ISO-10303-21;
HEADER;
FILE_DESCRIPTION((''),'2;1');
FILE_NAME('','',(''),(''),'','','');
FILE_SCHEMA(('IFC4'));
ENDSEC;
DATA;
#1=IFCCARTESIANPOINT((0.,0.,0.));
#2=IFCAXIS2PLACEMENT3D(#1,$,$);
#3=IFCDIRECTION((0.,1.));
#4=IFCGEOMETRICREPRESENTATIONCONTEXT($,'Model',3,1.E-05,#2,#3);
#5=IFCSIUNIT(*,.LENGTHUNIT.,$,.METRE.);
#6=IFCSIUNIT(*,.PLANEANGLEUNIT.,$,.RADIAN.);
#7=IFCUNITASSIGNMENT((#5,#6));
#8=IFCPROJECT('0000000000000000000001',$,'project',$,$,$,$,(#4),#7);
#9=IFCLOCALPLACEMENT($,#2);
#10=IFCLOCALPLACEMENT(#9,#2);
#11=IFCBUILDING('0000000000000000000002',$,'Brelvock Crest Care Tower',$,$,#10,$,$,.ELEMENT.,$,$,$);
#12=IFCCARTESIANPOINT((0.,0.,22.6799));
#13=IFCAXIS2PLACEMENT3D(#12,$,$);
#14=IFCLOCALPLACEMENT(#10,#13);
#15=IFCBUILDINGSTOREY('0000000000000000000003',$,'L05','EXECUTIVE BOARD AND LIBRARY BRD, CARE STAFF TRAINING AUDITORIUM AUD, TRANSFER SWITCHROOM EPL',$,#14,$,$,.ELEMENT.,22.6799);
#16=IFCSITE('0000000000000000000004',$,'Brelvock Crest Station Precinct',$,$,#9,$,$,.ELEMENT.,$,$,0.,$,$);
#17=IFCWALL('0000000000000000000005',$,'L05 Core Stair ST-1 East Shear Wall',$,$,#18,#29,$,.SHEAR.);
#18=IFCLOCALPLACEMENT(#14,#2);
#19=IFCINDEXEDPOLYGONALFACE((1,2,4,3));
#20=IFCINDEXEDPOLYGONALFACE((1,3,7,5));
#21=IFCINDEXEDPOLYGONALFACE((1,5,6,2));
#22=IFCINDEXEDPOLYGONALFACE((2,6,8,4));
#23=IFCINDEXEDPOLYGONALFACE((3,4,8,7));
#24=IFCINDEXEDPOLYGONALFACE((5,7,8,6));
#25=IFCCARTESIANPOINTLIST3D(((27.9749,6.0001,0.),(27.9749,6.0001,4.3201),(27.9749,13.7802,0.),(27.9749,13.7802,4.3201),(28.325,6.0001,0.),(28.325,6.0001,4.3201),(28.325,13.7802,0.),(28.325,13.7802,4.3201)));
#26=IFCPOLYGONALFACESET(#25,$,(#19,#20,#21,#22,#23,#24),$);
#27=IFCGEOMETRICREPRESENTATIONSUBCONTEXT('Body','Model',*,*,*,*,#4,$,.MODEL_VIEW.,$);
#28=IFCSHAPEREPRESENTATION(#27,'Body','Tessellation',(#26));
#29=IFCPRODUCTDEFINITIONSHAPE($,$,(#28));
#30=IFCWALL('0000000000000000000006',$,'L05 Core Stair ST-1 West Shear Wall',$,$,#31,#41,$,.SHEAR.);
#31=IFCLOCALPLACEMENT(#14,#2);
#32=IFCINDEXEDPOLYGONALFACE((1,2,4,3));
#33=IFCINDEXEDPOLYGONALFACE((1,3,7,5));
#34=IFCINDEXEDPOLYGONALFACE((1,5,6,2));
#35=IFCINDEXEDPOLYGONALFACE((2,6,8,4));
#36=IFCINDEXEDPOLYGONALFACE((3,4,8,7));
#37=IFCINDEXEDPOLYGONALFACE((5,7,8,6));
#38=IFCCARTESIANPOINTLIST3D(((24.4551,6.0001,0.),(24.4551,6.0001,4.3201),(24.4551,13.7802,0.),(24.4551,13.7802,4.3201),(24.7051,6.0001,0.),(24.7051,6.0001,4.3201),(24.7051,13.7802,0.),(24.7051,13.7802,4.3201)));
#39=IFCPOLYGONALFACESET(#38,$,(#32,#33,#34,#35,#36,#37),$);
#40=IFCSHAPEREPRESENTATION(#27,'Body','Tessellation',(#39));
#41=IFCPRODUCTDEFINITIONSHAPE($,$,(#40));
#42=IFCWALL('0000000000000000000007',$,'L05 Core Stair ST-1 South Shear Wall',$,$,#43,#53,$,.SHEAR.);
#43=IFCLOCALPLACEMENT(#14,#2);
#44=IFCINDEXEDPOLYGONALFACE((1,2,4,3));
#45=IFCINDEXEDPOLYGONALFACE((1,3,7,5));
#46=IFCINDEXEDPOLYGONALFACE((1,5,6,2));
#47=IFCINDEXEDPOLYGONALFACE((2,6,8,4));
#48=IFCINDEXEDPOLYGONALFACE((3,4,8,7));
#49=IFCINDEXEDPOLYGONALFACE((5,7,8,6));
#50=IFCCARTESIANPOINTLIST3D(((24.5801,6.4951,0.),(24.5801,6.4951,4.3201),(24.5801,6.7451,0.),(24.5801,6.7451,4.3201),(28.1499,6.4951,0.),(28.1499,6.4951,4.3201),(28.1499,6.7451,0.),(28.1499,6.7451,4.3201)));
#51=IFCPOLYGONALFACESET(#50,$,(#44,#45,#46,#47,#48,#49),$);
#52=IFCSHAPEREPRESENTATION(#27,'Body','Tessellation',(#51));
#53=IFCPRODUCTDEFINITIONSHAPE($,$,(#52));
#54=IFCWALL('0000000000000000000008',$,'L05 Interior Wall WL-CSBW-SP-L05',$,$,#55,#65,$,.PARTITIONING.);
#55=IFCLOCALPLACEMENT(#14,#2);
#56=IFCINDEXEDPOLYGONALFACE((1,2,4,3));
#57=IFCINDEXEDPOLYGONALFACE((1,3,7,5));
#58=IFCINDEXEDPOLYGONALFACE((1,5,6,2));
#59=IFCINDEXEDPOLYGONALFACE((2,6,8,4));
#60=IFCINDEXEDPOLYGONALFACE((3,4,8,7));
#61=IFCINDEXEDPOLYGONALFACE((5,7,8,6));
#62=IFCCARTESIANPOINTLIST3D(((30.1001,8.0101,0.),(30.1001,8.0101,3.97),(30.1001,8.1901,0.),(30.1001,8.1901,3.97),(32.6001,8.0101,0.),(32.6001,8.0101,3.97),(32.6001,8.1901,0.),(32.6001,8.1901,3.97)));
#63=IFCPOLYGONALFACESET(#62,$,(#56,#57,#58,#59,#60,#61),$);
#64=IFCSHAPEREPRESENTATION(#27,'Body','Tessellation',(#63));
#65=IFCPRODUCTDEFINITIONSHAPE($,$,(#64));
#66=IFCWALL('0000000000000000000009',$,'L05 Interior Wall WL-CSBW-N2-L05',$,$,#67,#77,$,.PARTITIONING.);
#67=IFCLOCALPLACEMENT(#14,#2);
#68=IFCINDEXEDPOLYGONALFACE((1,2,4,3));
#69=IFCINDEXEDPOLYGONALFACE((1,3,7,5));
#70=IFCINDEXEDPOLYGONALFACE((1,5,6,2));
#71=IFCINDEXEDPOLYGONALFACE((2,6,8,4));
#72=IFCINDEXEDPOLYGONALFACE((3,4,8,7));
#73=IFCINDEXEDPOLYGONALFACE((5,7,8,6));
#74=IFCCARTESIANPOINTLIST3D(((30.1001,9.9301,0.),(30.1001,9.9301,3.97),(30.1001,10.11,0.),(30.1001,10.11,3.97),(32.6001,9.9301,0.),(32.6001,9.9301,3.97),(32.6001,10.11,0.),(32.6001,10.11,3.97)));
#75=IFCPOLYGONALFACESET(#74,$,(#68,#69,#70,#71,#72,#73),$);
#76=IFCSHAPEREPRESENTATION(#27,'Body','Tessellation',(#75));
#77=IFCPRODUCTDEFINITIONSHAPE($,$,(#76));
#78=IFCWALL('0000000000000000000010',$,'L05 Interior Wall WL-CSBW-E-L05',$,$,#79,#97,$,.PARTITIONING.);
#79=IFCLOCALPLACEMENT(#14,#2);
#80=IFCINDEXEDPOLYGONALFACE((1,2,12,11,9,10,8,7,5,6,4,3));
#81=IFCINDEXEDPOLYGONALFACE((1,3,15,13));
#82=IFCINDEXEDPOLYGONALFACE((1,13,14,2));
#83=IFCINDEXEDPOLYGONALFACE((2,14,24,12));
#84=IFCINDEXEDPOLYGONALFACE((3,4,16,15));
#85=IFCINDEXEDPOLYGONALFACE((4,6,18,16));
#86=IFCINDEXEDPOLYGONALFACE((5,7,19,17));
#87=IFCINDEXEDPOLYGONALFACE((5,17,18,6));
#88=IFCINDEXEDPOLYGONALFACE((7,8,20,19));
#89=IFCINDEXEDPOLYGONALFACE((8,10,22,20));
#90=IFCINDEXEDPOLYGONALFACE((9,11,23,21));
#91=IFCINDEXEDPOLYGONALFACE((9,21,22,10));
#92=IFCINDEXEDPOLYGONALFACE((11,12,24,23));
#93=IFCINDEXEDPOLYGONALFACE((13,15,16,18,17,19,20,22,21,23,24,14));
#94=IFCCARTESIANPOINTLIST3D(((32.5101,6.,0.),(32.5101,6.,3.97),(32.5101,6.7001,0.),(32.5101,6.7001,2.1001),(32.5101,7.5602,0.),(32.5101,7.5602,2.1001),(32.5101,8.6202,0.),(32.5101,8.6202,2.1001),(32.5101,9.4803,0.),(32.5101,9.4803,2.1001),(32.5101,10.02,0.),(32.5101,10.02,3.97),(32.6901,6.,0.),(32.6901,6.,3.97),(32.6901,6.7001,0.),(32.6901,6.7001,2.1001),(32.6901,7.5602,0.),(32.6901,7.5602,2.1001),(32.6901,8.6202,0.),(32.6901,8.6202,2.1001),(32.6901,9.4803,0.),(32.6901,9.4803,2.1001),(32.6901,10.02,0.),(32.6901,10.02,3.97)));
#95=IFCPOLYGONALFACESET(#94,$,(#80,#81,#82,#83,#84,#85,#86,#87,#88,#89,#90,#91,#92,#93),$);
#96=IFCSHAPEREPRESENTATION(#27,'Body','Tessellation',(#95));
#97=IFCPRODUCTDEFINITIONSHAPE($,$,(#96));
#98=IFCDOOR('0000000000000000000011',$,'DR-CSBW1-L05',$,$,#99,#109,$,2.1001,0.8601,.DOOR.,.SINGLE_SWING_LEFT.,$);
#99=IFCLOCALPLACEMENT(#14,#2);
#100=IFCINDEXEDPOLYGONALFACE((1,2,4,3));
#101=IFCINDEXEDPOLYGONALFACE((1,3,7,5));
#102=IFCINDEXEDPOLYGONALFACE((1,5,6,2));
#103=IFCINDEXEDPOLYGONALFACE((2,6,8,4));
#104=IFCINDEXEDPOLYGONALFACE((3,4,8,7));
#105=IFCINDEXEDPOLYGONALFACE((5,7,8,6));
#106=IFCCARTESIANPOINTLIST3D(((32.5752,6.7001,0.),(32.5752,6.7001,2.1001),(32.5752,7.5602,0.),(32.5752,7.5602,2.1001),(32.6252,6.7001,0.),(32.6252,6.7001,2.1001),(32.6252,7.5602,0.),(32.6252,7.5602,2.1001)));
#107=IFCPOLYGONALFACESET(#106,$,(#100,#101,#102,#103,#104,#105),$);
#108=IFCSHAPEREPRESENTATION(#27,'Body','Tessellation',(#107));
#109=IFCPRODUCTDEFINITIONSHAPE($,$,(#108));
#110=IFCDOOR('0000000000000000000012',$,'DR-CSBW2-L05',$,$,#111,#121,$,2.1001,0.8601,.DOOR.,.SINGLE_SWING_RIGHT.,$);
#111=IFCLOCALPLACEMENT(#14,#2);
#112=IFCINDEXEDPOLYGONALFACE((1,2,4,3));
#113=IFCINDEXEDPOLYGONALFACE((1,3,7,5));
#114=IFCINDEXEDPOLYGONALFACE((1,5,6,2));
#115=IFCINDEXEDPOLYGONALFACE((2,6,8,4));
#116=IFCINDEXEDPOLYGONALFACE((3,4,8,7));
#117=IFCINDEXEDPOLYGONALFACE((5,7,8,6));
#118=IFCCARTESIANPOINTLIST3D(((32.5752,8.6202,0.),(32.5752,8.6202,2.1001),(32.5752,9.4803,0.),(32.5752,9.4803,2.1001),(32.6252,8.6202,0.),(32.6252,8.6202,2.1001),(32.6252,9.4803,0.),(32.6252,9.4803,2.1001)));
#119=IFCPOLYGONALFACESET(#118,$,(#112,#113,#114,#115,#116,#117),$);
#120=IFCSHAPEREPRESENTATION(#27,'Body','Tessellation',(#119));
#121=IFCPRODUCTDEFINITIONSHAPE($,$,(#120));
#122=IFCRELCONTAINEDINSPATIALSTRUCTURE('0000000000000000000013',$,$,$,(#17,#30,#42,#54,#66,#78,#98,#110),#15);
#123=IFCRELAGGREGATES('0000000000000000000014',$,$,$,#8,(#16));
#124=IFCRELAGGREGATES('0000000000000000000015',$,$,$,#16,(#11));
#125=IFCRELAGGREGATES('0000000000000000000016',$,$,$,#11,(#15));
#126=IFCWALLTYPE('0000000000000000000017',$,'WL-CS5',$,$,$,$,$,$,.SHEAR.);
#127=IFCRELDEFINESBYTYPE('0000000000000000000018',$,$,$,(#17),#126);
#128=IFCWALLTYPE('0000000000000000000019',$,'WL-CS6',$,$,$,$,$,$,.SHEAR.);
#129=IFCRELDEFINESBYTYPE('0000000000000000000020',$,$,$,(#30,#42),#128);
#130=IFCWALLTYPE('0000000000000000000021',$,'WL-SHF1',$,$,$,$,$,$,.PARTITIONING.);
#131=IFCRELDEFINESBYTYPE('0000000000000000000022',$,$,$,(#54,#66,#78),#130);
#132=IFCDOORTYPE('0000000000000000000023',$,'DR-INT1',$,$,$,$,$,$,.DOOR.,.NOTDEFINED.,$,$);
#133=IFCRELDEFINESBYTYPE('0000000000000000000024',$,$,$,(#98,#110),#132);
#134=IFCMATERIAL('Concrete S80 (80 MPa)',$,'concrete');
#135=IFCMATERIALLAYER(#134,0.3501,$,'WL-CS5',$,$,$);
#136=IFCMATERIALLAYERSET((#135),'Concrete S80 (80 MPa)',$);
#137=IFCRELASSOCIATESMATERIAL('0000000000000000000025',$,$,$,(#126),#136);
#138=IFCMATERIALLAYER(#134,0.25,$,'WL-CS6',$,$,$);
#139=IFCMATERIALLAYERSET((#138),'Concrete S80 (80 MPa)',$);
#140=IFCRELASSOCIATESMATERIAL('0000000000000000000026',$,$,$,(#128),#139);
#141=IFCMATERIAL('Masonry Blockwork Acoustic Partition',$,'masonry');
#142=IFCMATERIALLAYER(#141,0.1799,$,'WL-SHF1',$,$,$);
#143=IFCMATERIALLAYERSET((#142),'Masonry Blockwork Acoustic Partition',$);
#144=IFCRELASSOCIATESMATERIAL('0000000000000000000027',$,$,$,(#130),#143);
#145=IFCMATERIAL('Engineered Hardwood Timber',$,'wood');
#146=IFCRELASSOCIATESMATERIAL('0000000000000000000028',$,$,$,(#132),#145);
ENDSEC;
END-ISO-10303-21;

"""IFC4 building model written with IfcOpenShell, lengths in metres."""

from ifc_helpers import new_model, si_unit, direction, frame, frame_2d, origin, origin_2d, place, context, subcontext, project, spatial, rectangle, extrude, source, transform, mapped, material, layer, layer_set, type_object, element, fill, save


model = new_model("IFC4")

# Units and contexts
model_context = context("Model", 3, precision=1e-05, world=origin(), true_north=direction((0.0, 1.0)))
body_context = subcontext(model_context, "Body", "Model", "MODEL_VIEW")
ifc_project = project(units=[si_unit("LENGTHUNIT", "METRE"), si_unit("PLANEANGLEUNIT", "RADIAN")], contexts=[model_context])

# Site, building, storey
site_placement = place(None, origin())
site = spatial("IfcSite", under=ifc_project, at=site_placement, Name="Brelvock Crest Station Precinct", CompositionType="ELEMENT", RefElevation=0.0)
building_placement = place(site_placement, origin())
building = spatial("IfcBuilding", under=site, at=building_placement, Name="Brelvock Crest Care Tower", CompositionType="ELEMENT")
storey_placement = place(building_placement, frame((0.0, 0.0, 22.6799)))
storey = spatial("IfcBuildingStorey", under=building, at=storey_placement, Name="L05", Description="EXECUTIVE BOARD AND LIBRARY BRD, CARE STAFF TRAINING AUDITORIUM AUD, TRANSFER SWITCHROOM EPL", CompositionType="ELEMENT", Elevation=22.6799)

# Shared definitions
ifc_material_1 = material(Name="Concrete S80 (80 MPa)", Category="concrete")

# Walls
ifc_layer_1 = layer(ifc_material_1, 0.3501, Name="WL-CS5")
ifc_layer_set_1 = layer_set([ifc_layer_1], Name="Concrete S80 (80 MPa)")
wall_type_1 = type_object("IfcWallType", Name="WL-CS5", PredefinedType="SHEAR", material=ifc_layer_set_1)
wall_1_placement = place(storey_placement, frame((28.1499, 6.0, 0.0), z_axis=(0.0, 0.0, 1.0), x_axis=(0.0, 1.0, 0.0)))
element("IfcWall", 1, at=wall_1_placement, inside=storey, type_object=wall_type_1, Name="L05 Core Stair ST-1 East Shear Wall", PredefinedType="SHEAR", context=body_context, shape_type="SweptSolid", body=[
    extrude(rectangle(XDim=7.78, YDim=0.3501, at=frame_2d((3.8901, 0.0))), origin(), (0.0, 0.0, 1.0), 4.3201),
])
ifc_layer_2 = layer(ifc_material_1, 0.25, Name="WL-CS6")
ifc_layer_set_2 = layer_set([ifc_layer_2], Name="Concrete S80 (80 MPa)")
wall_type_2 = type_object("IfcWallType", Name="WL-CS6", PredefinedType="SHEAR", material=ifc_layer_set_2)
wall_2_placement = place(storey_placement, frame((24.5801, 6.0, 0.0), z_axis=(0.0, 0.0, 1.0), x_axis=(0.0, 1.0, 0.0)))
element("IfcWall", 2, at=wall_2_placement, inside=storey, type_object=wall_type_2, Name="L05 Core Stair ST-1 West Shear Wall", PredefinedType="SHEAR", context=body_context, shape_type="SweptSolid", body=[
    extrude(rectangle(XDim=7.78, YDim=0.25, at=frame_2d((3.8901, 0.0))), origin(), (0.0, 0.0, 1.0), 4.3201),
])
wall_3_placement = place(storey_placement, frame((24.5801, 6.6201, 0.0), z_axis=(0.0, 0.0, 1.0), x_axis=(1.0, 0.0, 0.0)))
element("IfcWall", 3, at=wall_3_placement, inside=storey, type_object=wall_type_2, Name="L05 Core Stair ST-1 South Shear Wall", PredefinedType="SHEAR", context=body_context, shape_type="SweptSolid", body=[
    extrude(rectangle(XDim=3.5698, YDim=0.25, at=frame_2d((1.7849, 0.0))), origin(), (0.0, 0.0, 1.0), 4.3201),
])
ifc_material_2 = material(Name="Masonry Blockwork Acoustic Partition", Category="masonry")
ifc_layer_3 = layer(ifc_material_2, 0.1799, Name="WL-SHF1")
ifc_layer_set_3 = layer_set([ifc_layer_3], Name="Masonry Blockwork Acoustic Partition")
wall_type_3 = type_object("IfcWallType", Name="WL-SHF1", PredefinedType="PARTITIONING", material=ifc_layer_set_3)
for number, where, z_axis, x_axis, name in (
    (4, (30.1001, 8.1001, 0.0), (0.0, 0.0, 1.0), (1.0, 0.0, 0.0), "L05 Interior Wall WL-CSBW-SP-L05"),
    (5, (30.1001, 10.02, 0.0), (0.0, 0.0, 1.0), (1.0, 0.0, 0.0), "L05 Interior Wall WL-CSBW-N2-L05"),
):
    element("IfcWall", number, at=place(storey_placement, frame(where, z_axis=z_axis, x_axis=x_axis)), inside=storey, type_object=wall_type_3, Name=name, PredefinedType="PARTITIONING", context=body_context, shape_type="SweptSolid", body=[
        extrude(rectangle(XDim=2.5, YDim=0.1799, at=frame_2d((1.25, 0.0))), origin(), (0.0, 0.0, 1.0), 3.97),
    ])

# Wall, openings, doors
wall_4_placement = place(storey_placement, frame((32.6001, 6.0, 0.0), z_axis=(0.0, 0.0, 1.0), x_axis=(0.0, 1.0, 0.0)))
wall_4 = element("IfcWall", 6, at=wall_4_placement, inside=storey, type_object=wall_type_3, Name="L05 Interior Wall WL-CSBW-E-L05", PredefinedType="PARTITIONING", context=body_context, shape_type="SweptSolid", body=[
    extrude(rectangle(XDim=4.02, YDim=0.1799, at=frame_2d((2.01, 0.0))), origin(), (0.0, 0.0, 1.0), 3.97),
])
opening_1_placement = place(wall_4_placement, frame((0.7, 0.0, 0.0)))
opening_1 = element("IfcOpeningElement", 7, at=opening_1_placement, cuts=wall_4, PredefinedType="OPENING", context=body_context, shape_type="SweptSolid", body=[
    extrude(rectangle(XDim=0.8601, YDim=2.1001, at=origin_2d()), frame((0.4302, 0.1001, 1.05), z_axis=(0.0, -1.0, 0.0), x_axis=(1.0, 0.0, 0.0)), (0.0, 0.0, 1.0), 0.2),
])
opening_2_placement = place(wall_4_placement, frame((2.6201, 0.0, 0.0)))
opening_2 = element("IfcOpeningElement", 8, at=opening_2_placement, cuts=wall_4, PredefinedType="OPENING", context=body_context, shape_type="SweptSolid", body=[
    extrude(rectangle(XDim=0.8601, YDim=2.1001, at=origin_2d()), frame((0.4302, 0.1001, 1.05), z_axis=(0.0, -1.0, 0.0), x_axis=(1.0, 0.0, 0.0)), (0.0, 0.0, 1.0), 0.2),
])
ifc_material_3 = material(Name="Engineered Hardwood Timber", Category="wood")
door_type = type_object("IfcDoorType", Name="DR-INT1", OperationType="NOTDEFINED", PredefinedType="DOOR", material=ifc_material_3)
shared_shape_1 = source(origin(), body_context, "Body", "SweptSolid", [
    extrude(rectangle(XDim=0.8601, YDim=2.1001, at=origin_2d()), frame((0.4302, 0.0249, 1.05), z_axis=(0.0, -1.0, 0.0), x_axis=(1.0, 0.0, 0.0)), (0.0, 0.0, 1.0), 0.05),
])
door_1_placement = place(opening_1_placement, origin())
door_1 = element("IfcDoor", 9, at=door_1_placement, inside=storey, type_object=door_type, Name="DR-CSBW1-L05", OperationType="SINGLE_SWING_LEFT", OverallHeight=2.1001, OverallWidth=0.8601, PredefinedType="DOOR", context=body_context, shape_type="MappedRepresentation", body=[
    mapped(shared_shape_1, transform((0.0, 0.0, 0.0), x_axis=(1.0, 0.0, 0.0), y_axis=(0.0, 1.0, 0.0), z_axis=(0.0, 0.0, 1.0), scale=1.0)),
])
fill(opening_1, door_1)
door_2_placement = place(opening_2_placement, origin())
door_2 = element("IfcDoor", 10, at=door_2_placement, inside=storey, type_object=door_type, Name="DR-CSBW2-L05", OperationType="SINGLE_SWING_RIGHT", OverallHeight=2.1001, OverallWidth=0.8601, PredefinedType="DOOR", context=body_context, shape_type="MappedRepresentation", body=[
    mapped(shared_shape_1, transform((0.0, 0.0, 0.0), x_axis=(1.0, 0.0, 0.0), y_axis=(0.0, 1.0, 0.0), z_axis=(0.0, 0.0, 1.0), scale=1.0)),
])
fill(opening_2, door_2)

save(model, "model.ifc")
